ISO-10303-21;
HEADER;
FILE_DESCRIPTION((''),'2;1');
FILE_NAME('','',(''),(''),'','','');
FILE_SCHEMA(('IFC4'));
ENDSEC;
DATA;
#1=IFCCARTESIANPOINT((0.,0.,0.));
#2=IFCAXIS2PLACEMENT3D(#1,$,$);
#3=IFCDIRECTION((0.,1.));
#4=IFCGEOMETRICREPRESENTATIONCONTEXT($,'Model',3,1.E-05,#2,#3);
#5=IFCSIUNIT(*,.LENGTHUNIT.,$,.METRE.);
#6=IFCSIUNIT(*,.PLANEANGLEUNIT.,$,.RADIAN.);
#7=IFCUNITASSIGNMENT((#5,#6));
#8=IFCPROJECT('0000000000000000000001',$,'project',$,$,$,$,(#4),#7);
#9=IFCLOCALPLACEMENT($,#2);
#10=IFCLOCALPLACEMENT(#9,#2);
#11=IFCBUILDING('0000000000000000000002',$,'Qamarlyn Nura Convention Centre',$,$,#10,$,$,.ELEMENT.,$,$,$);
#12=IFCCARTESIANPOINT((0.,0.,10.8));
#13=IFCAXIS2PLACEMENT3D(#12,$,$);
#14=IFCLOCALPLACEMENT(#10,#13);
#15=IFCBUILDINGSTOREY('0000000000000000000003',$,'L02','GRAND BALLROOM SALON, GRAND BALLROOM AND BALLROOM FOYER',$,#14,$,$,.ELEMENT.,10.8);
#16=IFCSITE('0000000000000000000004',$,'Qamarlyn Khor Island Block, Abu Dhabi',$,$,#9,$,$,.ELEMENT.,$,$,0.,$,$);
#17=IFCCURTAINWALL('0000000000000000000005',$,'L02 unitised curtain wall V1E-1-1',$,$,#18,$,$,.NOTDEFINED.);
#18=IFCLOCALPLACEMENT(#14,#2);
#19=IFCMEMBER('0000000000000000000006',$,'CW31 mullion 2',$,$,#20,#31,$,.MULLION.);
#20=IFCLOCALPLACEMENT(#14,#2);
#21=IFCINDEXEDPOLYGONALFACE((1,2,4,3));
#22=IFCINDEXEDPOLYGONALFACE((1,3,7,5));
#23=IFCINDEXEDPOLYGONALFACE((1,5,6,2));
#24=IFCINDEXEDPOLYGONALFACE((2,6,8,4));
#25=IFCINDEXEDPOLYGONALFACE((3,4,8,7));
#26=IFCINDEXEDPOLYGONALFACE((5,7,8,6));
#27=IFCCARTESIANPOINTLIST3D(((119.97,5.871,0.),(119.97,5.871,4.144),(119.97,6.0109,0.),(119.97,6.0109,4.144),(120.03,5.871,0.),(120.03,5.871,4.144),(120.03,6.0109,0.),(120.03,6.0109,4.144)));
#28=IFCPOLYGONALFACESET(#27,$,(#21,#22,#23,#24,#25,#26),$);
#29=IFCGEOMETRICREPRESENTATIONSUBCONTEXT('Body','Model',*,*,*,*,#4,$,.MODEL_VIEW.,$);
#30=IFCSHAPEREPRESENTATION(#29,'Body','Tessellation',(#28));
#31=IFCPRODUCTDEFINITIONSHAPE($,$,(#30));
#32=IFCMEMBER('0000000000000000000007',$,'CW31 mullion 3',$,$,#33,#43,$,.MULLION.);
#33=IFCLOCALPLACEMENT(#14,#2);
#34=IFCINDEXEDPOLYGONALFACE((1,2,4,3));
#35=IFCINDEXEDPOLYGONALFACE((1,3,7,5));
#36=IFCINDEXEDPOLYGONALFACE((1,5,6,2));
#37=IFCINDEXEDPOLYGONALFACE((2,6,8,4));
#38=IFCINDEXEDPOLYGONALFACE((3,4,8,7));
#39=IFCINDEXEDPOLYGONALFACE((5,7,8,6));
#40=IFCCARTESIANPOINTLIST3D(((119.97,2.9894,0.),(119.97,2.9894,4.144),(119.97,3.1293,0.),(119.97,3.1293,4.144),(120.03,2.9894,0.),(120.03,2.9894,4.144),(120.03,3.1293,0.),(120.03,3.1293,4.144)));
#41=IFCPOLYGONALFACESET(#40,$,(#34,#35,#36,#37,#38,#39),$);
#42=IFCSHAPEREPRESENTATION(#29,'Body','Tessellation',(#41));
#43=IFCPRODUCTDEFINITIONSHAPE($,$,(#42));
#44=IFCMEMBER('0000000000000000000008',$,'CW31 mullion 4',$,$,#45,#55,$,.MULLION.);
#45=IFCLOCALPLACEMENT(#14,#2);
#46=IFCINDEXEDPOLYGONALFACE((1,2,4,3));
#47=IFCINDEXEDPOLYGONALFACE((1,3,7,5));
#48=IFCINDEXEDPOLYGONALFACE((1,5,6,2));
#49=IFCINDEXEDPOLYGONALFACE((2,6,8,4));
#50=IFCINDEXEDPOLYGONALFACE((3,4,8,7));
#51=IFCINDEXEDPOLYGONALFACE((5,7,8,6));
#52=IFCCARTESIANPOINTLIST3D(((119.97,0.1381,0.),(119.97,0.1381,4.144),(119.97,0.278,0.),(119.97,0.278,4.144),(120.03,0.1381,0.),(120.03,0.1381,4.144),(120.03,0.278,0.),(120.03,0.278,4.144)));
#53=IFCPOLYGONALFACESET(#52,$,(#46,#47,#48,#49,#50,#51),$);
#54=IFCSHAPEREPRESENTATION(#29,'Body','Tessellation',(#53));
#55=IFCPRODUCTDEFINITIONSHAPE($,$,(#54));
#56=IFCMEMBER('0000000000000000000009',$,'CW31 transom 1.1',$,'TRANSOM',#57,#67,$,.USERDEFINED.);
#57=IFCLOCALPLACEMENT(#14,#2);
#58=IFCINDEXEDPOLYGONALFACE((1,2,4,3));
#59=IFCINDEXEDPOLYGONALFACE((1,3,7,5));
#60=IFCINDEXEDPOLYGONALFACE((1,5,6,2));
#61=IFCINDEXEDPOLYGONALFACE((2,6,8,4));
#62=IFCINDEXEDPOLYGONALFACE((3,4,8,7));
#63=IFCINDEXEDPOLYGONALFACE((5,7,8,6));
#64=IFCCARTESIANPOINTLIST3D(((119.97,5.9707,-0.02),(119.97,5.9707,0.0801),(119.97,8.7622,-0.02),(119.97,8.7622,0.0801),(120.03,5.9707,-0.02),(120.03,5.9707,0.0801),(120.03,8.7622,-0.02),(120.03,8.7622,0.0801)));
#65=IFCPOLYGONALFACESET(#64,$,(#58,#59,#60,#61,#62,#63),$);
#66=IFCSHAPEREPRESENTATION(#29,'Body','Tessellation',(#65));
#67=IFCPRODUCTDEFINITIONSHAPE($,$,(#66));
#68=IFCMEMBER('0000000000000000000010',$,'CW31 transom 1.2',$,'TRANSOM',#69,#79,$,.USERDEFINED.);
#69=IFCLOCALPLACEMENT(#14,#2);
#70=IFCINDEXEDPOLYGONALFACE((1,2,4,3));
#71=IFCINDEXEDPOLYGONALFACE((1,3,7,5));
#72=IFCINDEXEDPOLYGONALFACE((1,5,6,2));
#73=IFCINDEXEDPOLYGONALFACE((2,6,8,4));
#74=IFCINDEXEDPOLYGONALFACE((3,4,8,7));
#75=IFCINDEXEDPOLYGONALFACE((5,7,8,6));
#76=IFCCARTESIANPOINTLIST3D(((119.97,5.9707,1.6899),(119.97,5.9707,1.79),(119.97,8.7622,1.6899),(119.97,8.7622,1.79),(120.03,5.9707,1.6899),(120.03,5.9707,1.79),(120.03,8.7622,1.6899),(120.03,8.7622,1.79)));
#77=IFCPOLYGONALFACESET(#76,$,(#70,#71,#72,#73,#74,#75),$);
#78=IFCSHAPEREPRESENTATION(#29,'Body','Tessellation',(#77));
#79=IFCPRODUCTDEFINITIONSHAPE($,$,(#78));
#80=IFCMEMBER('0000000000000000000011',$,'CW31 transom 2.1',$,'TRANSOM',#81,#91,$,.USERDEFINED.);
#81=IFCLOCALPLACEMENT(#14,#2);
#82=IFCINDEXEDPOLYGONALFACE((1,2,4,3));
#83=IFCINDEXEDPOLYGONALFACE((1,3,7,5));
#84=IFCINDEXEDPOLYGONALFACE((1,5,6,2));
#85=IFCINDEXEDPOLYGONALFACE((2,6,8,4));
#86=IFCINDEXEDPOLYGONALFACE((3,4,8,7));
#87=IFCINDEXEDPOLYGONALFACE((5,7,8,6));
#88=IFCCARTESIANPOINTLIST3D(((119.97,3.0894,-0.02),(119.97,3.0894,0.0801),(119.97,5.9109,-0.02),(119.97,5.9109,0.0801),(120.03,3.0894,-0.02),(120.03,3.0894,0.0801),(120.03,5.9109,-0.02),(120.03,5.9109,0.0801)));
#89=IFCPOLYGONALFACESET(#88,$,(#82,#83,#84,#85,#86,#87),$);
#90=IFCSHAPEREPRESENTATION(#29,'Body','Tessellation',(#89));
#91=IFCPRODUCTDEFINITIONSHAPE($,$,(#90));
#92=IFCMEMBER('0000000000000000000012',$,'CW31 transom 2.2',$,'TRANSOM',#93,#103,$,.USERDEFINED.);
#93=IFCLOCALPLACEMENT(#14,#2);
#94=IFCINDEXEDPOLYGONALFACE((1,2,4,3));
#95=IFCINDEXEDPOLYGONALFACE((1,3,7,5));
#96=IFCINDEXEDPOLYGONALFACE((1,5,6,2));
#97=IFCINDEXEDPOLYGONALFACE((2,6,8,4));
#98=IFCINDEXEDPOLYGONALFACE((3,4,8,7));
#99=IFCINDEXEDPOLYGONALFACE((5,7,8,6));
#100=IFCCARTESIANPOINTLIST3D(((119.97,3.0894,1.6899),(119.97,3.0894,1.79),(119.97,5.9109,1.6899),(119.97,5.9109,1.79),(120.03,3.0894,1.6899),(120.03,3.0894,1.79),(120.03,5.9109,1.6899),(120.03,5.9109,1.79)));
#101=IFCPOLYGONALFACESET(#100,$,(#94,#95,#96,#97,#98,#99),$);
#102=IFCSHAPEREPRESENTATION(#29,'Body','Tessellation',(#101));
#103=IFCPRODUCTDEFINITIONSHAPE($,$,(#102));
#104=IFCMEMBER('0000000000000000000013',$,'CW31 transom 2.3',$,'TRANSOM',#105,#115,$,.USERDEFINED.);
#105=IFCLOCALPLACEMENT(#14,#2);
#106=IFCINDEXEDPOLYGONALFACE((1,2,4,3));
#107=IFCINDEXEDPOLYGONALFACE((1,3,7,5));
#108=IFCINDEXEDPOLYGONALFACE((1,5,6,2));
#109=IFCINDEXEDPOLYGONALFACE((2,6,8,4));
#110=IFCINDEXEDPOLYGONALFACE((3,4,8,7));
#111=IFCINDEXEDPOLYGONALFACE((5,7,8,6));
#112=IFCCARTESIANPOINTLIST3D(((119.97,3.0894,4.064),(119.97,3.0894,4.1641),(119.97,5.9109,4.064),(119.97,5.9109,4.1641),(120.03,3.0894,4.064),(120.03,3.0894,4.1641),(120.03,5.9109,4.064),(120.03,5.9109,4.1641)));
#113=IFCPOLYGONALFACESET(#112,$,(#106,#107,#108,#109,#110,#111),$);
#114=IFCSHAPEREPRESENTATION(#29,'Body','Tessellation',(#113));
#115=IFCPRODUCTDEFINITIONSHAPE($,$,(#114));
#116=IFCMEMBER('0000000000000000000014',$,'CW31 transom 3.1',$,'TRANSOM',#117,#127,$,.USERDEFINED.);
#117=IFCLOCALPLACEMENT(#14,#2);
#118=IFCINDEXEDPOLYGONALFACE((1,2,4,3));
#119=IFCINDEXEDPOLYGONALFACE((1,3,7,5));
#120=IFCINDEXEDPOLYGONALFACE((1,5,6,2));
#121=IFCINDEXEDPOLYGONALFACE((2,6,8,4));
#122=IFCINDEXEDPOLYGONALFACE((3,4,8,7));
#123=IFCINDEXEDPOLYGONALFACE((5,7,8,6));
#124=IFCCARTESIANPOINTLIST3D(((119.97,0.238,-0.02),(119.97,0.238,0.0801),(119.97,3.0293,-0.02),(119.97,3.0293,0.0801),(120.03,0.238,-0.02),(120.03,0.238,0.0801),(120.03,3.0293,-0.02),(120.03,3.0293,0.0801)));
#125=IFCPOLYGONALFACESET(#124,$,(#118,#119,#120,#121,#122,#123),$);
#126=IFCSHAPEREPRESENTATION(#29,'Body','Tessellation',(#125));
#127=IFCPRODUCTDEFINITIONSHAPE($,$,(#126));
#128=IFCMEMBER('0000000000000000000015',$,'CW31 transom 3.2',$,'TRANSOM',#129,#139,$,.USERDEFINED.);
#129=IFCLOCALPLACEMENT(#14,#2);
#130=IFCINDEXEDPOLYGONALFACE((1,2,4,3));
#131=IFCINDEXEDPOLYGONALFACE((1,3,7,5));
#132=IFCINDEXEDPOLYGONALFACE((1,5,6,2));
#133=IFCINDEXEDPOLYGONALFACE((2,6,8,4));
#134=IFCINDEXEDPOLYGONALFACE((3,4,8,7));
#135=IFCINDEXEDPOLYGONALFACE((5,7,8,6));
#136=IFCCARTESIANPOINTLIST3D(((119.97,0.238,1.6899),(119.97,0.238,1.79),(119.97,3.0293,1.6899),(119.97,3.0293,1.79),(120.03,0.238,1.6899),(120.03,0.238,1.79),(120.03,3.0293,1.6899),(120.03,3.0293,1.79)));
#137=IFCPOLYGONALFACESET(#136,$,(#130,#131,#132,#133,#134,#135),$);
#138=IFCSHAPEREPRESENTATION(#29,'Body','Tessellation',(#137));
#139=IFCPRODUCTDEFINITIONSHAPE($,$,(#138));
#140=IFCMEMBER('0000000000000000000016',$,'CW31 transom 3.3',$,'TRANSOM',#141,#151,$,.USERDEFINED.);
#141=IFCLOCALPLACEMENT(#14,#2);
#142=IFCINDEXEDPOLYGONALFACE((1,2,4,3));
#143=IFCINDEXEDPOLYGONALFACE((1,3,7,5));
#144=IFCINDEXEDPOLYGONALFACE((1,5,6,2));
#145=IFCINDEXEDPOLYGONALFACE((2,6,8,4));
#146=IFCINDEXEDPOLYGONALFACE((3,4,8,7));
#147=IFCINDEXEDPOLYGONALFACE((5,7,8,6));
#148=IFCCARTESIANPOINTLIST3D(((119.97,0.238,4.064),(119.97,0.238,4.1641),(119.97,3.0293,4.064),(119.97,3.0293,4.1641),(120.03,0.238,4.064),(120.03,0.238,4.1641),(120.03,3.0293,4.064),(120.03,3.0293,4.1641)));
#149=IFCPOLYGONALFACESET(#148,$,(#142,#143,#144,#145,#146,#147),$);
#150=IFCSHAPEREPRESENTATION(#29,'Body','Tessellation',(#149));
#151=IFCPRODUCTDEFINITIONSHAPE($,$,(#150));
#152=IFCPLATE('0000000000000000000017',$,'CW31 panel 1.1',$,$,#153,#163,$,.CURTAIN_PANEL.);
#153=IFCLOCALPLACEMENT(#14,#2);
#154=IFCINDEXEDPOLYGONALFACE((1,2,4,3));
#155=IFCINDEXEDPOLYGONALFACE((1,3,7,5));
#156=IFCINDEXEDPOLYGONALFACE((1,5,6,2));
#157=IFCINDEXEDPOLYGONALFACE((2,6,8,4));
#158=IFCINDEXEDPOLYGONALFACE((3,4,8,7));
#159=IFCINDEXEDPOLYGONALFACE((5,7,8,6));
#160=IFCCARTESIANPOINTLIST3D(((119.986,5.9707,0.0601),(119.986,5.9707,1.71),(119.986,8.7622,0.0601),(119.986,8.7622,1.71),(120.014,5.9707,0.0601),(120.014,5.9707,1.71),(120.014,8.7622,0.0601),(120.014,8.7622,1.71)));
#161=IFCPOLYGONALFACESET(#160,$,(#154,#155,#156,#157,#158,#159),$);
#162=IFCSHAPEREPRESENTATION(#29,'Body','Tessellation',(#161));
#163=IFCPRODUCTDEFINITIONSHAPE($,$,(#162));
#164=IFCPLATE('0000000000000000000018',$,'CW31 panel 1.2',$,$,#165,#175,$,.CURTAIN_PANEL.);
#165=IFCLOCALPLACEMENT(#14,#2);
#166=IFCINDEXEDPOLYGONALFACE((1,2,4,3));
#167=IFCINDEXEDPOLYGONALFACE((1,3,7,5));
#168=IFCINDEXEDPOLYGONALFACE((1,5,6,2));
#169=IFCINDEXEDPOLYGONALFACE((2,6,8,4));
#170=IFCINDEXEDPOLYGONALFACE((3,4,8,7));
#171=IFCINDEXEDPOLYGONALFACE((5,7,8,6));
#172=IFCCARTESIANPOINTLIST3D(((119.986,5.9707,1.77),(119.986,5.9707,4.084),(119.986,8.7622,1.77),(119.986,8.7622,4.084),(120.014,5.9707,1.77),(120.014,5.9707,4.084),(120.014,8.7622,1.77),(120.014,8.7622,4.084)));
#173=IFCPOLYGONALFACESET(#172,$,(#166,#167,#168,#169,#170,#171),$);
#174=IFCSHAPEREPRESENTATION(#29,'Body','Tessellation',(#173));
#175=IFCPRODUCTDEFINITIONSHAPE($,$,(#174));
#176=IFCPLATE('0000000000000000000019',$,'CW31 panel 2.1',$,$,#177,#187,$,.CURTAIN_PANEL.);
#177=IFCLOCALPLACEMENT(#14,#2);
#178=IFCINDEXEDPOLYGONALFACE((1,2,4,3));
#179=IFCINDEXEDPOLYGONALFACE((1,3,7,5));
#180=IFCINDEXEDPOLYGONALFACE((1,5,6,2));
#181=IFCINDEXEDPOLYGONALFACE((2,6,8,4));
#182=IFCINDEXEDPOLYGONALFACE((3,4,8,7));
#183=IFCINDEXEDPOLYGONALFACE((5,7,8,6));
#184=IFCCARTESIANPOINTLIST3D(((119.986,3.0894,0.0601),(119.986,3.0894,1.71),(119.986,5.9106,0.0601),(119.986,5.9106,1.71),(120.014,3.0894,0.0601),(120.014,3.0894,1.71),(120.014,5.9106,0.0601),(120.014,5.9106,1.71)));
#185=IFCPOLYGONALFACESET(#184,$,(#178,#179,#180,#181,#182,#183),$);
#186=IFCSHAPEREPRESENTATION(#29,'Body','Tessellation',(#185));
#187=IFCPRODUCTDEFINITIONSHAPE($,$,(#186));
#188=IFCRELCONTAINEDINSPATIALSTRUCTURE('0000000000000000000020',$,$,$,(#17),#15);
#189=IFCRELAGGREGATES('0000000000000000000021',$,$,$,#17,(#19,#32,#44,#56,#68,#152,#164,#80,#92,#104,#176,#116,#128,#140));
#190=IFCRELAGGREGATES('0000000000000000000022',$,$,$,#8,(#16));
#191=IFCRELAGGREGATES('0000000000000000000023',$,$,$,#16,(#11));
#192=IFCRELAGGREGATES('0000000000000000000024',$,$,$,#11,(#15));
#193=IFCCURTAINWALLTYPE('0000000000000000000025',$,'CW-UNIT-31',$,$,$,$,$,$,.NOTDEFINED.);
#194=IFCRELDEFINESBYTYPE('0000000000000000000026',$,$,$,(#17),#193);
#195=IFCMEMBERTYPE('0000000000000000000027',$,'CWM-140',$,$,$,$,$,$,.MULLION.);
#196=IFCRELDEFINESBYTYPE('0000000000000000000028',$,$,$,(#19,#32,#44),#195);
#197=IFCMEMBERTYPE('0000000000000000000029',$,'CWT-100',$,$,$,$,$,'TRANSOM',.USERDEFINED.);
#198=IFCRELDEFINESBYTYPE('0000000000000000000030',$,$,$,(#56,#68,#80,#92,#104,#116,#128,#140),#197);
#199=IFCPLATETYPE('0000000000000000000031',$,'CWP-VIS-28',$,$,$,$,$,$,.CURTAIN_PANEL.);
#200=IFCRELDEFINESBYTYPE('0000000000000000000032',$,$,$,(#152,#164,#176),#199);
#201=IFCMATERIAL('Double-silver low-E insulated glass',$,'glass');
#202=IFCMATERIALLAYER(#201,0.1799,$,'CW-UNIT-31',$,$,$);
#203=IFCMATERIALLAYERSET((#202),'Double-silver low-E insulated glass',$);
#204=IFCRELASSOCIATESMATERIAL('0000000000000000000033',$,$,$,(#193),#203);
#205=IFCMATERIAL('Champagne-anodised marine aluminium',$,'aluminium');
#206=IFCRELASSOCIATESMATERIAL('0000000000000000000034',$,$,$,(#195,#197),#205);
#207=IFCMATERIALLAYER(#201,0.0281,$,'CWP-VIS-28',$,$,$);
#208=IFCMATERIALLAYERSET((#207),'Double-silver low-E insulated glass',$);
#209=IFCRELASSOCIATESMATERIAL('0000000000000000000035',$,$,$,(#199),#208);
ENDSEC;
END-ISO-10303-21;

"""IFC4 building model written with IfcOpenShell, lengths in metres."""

from ifc_helpers import new_model, si_unit, direction, frame, origin, origin_2d, place, context, subcontext, project, spatial, rectangle, extrude, material, layer, layer_set, material_profile, profile_set, type_object, element, aggregate, save


model = new_model("IFC4")

# Units and contexts
model_context = context("Model", 3, precision=1e-05, world=origin(), true_north=direction((0.0, 1.0)))
body_context = subcontext(model_context, "Body", "Model", "MODEL_VIEW")
ifc_project = project(units=[si_unit("LENGTHUNIT", "METRE"), si_unit("PLANEANGLEUNIT", "RADIAN")], contexts=[model_context])

# Site, building, storey
site_placement = place(None, origin())
site = spatial("IfcSite", under=ifc_project, at=site_placement, Name="Qamarlyn Khor Island Block, Abu Dhabi", CompositionType="ELEMENT", RefElevation=0.0)
building_placement = place(site_placement, origin())
building = spatial("IfcBuilding", under=site, at=building_placement, Name="Qamarlyn Nura Convention Centre", CompositionType="ELEMENT")
storey_placement = place(building_placement, frame((0.0, 0.0, 10.8)))
storey = spatial("IfcBuildingStorey", under=building, at=storey_placement, Name="L02", Description="GRAND BALLROOM SALON, GRAND BALLROOM AND BALLROOM FOYER", CompositionType="ELEMENT", Elevation=10.8)

# Curtain wall, members, plates
ifc_material_1 = material(Name="Double-silver low-E insulated glass", Category="glass")
ifc_layer_1 = layer(ifc_material_1, 0.1799, Name="CW-UNIT-31")
ifc_layer_set_1 = layer_set([ifc_layer_1], Name="Double-silver low-E insulated glass")
curtain_wall_type = type_object("IfcCurtainWallType", Name="CW-UNIT-31", PredefinedType="NOTDEFINED", material=ifc_layer_set_1)
curtain_wall_placement = place(storey_placement, origin())
curtain_wall = element("IfcCurtainWall", 1, at=curtain_wall_placement, inside=storey, type_object=curtain_wall_type, Name="L02 unitised curtain wall V1E-1-1", PredefinedType="NOTDEFINED")
ifc_material_2 = material(Name="Champagne-anodised marine aluminium", Category="aluminium")
ifc_material_profile_1 = material_profile(ifc_material_2, rectangle(XDim=0.0601, YDim=0.1399, at=origin_2d()), Name="ALU MULLION 60x140")
ifc_profile_set_1 = profile_set([ifc_material_profile_1], Name="Champagne-anodised marine aluminium")
member_type_1 = type_object("IfcMemberType", Name="CWM-140", PredefinedType="MULLION", material=ifc_profile_set_1)
member_1_placement = place(storey_placement, frame((120.0, 5.9409, 0.0), z_axis=(0.0, 0.0, 1.0), x_axis=(1.0, 0.0, 0.0)))
member_1 = element("IfcMember", 2, at=member_1_placement, type_object=member_type_1, Name="CW31 mullion 2", PredefinedType="MULLION", context=body_context, shape_type="SweptSolid", body=[
    extrude(rectangle(XDim=0.0601, YDim=0.1399, at=origin_2d()), origin(), (0.0, 0.0, 1.0), 4.144),
])
member_2_placement = place(storey_placement, frame((120.0, 3.0593, 0.0), z_axis=(0.0, 0.0, 1.0), x_axis=(1.0, 0.0, 0.0)))
member_2 = element("IfcMember", 3, at=member_2_placement, type_object=member_type_1, Name="CW31 mullion 3", PredefinedType="MULLION", context=body_context, shape_type="SweptSolid", body=[
    extrude(rectangle(XDim=0.0601, YDim=0.1399, at=origin_2d()), origin(), (0.0, 0.0, 1.0), 4.144),
])
member_3_placement = place(storey_placement, frame((120.0, 0.208, 0.0), z_axis=(0.0, 0.0, 1.0), x_axis=(1.0, 0.0, 0.0)))
member_3 = element("IfcMember", 4, at=member_3_placement, type_object=member_type_1, Name="CW31 mullion 4", PredefinedType="MULLION", context=body_context, shape_type="SweptSolid", body=[
    extrude(rectangle(XDim=0.0601, YDim=0.1399, at=origin_2d()), origin(), (0.0, 0.0, 1.0), 4.144),
])
ifc_material_profile_2 = material_profile(ifc_material_2, rectangle(XDim=0.0601, YDim=0.1001, at=origin_2d()), Name="ALU TRANSOM 60x100")
ifc_profile_set_2 = profile_set([ifc_material_profile_2], Name="Champagne-anodised marine aluminium")
member_type_2 = type_object("IfcMemberType", Name="CWT-100", ElementType="TRANSOM", PredefinedType="USERDEFINED", material=ifc_profile_set_2)
member_4_placement = place(storey_placement, frame((120.0, 8.7622, 0.03), z_axis=(0.0, -1.0, 0.0), x_axis=(1.0, 0.0, 0.0)))
member_4 = element("IfcMember", 5, at=member_4_placement, type_object=member_type_2, Name="CW31 transom 1.1", ObjectType="TRANSOM", PredefinedType="USERDEFINED", context=body_context, shape_type="SweptSolid", body=[
    extrude(rectangle(XDim=0.0601, YDim=0.1001, at=origin_2d()), origin(), (0.0, 0.0, 1.0), 2.7915),
])
member_5_placement = place(storey_placement, frame((120.0, 8.7622, 1.74), z_axis=(0.0, -1.0, 0.0), x_axis=(1.0, 0.0, 0.0)))
member_5 = element("IfcMember", 6, at=member_5_placement, type_object=member_type_2, Name="CW31 transom 1.2", ObjectType="TRANSOM", PredefinedType="USERDEFINED", context=body_context, shape_type="SweptSolid", body=[
    extrude(rectangle(XDim=0.0601, YDim=0.1001, at=origin_2d()), origin(), (0.0, 0.0, 1.0), 2.7915),
])
member_6_placement = place(storey_placement, frame((120.0, 5.9109, 0.03), z_axis=(0.0, -1.0, 0.0), x_axis=(1.0, 0.0, 0.0)))
member_6 = element("IfcMember", 7, at=member_6_placement, type_object=member_type_2, Name="CW31 transom 2.1", ObjectType="TRANSOM", PredefinedType="USERDEFINED", context=body_context, shape_type="SweptSolid", body=[
    extrude(rectangle(XDim=0.0601, YDim=0.1001, at=origin_2d()), origin(), (0.0, 0.0, 1.0), 2.8215),
])
member_7_placement = place(storey_placement, frame((120.0, 5.9109, 1.74), z_axis=(0.0, -1.0, 0.0), x_axis=(1.0, 0.0, 0.0)))
member_7 = element("IfcMember", 8, at=member_7_placement, type_object=member_type_2, Name="CW31 transom 2.2", ObjectType="TRANSOM", PredefinedType="USERDEFINED", context=body_context, shape_type="SweptSolid", body=[
    extrude(rectangle(XDim=0.0601, YDim=0.1001, at=origin_2d()), origin(), (0.0, 0.0, 1.0), 2.8215),
])
member_8_placement = place(storey_placement, frame((120.0, 5.9109, 4.114), z_axis=(0.0, -1.0, 0.0), x_axis=(1.0, 0.0, 0.0)))
member_8 = element("IfcMember", 9, at=member_8_placement, type_object=member_type_2, Name="CW31 transom 2.3", ObjectType="TRANSOM", PredefinedType="USERDEFINED", context=body_context, shape_type="SweptSolid", body=[
    extrude(rectangle(XDim=0.0601, YDim=0.1001, at=origin_2d()), origin(), (0.0, 0.0, 1.0), 2.8215),
])
member_9_placement = place(storey_placement, frame((120.0, 3.0293, 0.03), z_axis=(0.0, -1.0, 0.0), x_axis=(1.0, 0.0, 0.0)))
member_9 = element("IfcMember", 10, at=member_9_placement, type_object=member_type_2, Name="CW31 transom 3.1", ObjectType="TRANSOM", PredefinedType="USERDEFINED", context=body_context, shape_type="SweptSolid", body=[
    extrude(rectangle(XDim=0.0601, YDim=0.1001, at=origin_2d()), origin(), (0.0, 0.0, 1.0), 2.7913),
])
member_10_placement = place(storey_placement, frame((120.0, 3.0293, 1.74), z_axis=(0.0, -1.0, 0.0), x_axis=(1.0, 0.0, 0.0)))
member_10 = element("IfcMember", 11, at=member_10_placement, type_object=member_type_2, Name="CW31 transom 3.2", ObjectType="TRANSOM", PredefinedType="USERDEFINED", context=body_context, shape_type="SweptSolid", body=[
    extrude(rectangle(XDim=0.0601, YDim=0.1001, at=origin_2d()), origin(), (0.0, 0.0, 1.0), 2.7913),
])
member_11_placement = place(storey_placement, frame((120.0, 3.0293, 4.114), z_axis=(0.0, -1.0, 0.0), x_axis=(1.0, 0.0, 0.0)))
member_11 = element("IfcMember", 12, at=member_11_placement, type_object=member_type_2, Name="CW31 transom 3.3", ObjectType="TRANSOM", PredefinedType="USERDEFINED", context=body_context, shape_type="SweptSolid", body=[
    extrude(rectangle(XDim=0.0601, YDim=0.1001, at=origin_2d()), origin(), (0.0, 0.0, 1.0), 2.7913),
])
ifc_layer_2 = layer(ifc_material_1, 0.0281, Name="CWP-VIS-28")
ifc_layer_set_2 = layer_set([ifc_layer_2], Name="Double-silver low-E insulated glass")
plate_type = type_object("IfcPlateType", Name="CWP-VIS-28", PredefinedType="CURTAIN_PANEL", material=ifc_layer_set_2)
plate_1_placement = place(storey_placement, frame((120.0, 7.3665, 0.0601), z_axis=(0.0, 0.0, 1.0), x_axis=(0.0, -1.0, 0.0)))
plate_1 = element("IfcPlate", 13, at=plate_1_placement, type_object=plate_type, Name="CW31 panel 1.1", PredefinedType="CURTAIN_PANEL", context=body_context, shape_type="SweptSolid", body=[
    extrude(rectangle(XDim=2.7915, YDim=0.0281, at=origin_2d()), origin(), (0.0, 0.0, 1.0), 1.6499),
])
plate_2_placement = place(storey_placement, frame((120.0, 7.3665, 1.77), z_axis=(0.0, 0.0, 1.0), x_axis=(0.0, -1.0, 0.0)))
plate_2 = element("IfcPlate", 14, at=plate_2_placement, type_object=plate_type, Name="CW31 panel 1.2", PredefinedType="CURTAIN_PANEL", context=body_context, shape_type="SweptSolid", body=[
    extrude(rectangle(XDim=2.7915, YDim=0.0281, at=origin_2d()), origin(), (0.0, 0.0, 1.0), 2.314),
])
plate_3_placement = place(storey_placement, frame((120.0, 4.5, 0.0601), z_axis=(0.0, 0.0, 1.0), x_axis=(0.0, -1.0, 0.0)))
plate_3 = element("IfcPlate", 15, at=plate_3_placement, type_object=plate_type, Name="CW31 panel 2.1", PredefinedType="CURTAIN_PANEL", context=body_context, shape_type="SweptSolid", body=[
    extrude(rectangle(XDim=2.8213, YDim=0.0281, at=origin_2d()), origin(), (0.0, 0.0, 1.0), 1.6499),
])
aggregate(curtain_wall, [member_1, member_2, member_3, member_4, member_5, plate_1, plate_2, member_6, member_7, member_8, plate_3, member_9, member_10, member_11])

save(model, "model.ifc")
